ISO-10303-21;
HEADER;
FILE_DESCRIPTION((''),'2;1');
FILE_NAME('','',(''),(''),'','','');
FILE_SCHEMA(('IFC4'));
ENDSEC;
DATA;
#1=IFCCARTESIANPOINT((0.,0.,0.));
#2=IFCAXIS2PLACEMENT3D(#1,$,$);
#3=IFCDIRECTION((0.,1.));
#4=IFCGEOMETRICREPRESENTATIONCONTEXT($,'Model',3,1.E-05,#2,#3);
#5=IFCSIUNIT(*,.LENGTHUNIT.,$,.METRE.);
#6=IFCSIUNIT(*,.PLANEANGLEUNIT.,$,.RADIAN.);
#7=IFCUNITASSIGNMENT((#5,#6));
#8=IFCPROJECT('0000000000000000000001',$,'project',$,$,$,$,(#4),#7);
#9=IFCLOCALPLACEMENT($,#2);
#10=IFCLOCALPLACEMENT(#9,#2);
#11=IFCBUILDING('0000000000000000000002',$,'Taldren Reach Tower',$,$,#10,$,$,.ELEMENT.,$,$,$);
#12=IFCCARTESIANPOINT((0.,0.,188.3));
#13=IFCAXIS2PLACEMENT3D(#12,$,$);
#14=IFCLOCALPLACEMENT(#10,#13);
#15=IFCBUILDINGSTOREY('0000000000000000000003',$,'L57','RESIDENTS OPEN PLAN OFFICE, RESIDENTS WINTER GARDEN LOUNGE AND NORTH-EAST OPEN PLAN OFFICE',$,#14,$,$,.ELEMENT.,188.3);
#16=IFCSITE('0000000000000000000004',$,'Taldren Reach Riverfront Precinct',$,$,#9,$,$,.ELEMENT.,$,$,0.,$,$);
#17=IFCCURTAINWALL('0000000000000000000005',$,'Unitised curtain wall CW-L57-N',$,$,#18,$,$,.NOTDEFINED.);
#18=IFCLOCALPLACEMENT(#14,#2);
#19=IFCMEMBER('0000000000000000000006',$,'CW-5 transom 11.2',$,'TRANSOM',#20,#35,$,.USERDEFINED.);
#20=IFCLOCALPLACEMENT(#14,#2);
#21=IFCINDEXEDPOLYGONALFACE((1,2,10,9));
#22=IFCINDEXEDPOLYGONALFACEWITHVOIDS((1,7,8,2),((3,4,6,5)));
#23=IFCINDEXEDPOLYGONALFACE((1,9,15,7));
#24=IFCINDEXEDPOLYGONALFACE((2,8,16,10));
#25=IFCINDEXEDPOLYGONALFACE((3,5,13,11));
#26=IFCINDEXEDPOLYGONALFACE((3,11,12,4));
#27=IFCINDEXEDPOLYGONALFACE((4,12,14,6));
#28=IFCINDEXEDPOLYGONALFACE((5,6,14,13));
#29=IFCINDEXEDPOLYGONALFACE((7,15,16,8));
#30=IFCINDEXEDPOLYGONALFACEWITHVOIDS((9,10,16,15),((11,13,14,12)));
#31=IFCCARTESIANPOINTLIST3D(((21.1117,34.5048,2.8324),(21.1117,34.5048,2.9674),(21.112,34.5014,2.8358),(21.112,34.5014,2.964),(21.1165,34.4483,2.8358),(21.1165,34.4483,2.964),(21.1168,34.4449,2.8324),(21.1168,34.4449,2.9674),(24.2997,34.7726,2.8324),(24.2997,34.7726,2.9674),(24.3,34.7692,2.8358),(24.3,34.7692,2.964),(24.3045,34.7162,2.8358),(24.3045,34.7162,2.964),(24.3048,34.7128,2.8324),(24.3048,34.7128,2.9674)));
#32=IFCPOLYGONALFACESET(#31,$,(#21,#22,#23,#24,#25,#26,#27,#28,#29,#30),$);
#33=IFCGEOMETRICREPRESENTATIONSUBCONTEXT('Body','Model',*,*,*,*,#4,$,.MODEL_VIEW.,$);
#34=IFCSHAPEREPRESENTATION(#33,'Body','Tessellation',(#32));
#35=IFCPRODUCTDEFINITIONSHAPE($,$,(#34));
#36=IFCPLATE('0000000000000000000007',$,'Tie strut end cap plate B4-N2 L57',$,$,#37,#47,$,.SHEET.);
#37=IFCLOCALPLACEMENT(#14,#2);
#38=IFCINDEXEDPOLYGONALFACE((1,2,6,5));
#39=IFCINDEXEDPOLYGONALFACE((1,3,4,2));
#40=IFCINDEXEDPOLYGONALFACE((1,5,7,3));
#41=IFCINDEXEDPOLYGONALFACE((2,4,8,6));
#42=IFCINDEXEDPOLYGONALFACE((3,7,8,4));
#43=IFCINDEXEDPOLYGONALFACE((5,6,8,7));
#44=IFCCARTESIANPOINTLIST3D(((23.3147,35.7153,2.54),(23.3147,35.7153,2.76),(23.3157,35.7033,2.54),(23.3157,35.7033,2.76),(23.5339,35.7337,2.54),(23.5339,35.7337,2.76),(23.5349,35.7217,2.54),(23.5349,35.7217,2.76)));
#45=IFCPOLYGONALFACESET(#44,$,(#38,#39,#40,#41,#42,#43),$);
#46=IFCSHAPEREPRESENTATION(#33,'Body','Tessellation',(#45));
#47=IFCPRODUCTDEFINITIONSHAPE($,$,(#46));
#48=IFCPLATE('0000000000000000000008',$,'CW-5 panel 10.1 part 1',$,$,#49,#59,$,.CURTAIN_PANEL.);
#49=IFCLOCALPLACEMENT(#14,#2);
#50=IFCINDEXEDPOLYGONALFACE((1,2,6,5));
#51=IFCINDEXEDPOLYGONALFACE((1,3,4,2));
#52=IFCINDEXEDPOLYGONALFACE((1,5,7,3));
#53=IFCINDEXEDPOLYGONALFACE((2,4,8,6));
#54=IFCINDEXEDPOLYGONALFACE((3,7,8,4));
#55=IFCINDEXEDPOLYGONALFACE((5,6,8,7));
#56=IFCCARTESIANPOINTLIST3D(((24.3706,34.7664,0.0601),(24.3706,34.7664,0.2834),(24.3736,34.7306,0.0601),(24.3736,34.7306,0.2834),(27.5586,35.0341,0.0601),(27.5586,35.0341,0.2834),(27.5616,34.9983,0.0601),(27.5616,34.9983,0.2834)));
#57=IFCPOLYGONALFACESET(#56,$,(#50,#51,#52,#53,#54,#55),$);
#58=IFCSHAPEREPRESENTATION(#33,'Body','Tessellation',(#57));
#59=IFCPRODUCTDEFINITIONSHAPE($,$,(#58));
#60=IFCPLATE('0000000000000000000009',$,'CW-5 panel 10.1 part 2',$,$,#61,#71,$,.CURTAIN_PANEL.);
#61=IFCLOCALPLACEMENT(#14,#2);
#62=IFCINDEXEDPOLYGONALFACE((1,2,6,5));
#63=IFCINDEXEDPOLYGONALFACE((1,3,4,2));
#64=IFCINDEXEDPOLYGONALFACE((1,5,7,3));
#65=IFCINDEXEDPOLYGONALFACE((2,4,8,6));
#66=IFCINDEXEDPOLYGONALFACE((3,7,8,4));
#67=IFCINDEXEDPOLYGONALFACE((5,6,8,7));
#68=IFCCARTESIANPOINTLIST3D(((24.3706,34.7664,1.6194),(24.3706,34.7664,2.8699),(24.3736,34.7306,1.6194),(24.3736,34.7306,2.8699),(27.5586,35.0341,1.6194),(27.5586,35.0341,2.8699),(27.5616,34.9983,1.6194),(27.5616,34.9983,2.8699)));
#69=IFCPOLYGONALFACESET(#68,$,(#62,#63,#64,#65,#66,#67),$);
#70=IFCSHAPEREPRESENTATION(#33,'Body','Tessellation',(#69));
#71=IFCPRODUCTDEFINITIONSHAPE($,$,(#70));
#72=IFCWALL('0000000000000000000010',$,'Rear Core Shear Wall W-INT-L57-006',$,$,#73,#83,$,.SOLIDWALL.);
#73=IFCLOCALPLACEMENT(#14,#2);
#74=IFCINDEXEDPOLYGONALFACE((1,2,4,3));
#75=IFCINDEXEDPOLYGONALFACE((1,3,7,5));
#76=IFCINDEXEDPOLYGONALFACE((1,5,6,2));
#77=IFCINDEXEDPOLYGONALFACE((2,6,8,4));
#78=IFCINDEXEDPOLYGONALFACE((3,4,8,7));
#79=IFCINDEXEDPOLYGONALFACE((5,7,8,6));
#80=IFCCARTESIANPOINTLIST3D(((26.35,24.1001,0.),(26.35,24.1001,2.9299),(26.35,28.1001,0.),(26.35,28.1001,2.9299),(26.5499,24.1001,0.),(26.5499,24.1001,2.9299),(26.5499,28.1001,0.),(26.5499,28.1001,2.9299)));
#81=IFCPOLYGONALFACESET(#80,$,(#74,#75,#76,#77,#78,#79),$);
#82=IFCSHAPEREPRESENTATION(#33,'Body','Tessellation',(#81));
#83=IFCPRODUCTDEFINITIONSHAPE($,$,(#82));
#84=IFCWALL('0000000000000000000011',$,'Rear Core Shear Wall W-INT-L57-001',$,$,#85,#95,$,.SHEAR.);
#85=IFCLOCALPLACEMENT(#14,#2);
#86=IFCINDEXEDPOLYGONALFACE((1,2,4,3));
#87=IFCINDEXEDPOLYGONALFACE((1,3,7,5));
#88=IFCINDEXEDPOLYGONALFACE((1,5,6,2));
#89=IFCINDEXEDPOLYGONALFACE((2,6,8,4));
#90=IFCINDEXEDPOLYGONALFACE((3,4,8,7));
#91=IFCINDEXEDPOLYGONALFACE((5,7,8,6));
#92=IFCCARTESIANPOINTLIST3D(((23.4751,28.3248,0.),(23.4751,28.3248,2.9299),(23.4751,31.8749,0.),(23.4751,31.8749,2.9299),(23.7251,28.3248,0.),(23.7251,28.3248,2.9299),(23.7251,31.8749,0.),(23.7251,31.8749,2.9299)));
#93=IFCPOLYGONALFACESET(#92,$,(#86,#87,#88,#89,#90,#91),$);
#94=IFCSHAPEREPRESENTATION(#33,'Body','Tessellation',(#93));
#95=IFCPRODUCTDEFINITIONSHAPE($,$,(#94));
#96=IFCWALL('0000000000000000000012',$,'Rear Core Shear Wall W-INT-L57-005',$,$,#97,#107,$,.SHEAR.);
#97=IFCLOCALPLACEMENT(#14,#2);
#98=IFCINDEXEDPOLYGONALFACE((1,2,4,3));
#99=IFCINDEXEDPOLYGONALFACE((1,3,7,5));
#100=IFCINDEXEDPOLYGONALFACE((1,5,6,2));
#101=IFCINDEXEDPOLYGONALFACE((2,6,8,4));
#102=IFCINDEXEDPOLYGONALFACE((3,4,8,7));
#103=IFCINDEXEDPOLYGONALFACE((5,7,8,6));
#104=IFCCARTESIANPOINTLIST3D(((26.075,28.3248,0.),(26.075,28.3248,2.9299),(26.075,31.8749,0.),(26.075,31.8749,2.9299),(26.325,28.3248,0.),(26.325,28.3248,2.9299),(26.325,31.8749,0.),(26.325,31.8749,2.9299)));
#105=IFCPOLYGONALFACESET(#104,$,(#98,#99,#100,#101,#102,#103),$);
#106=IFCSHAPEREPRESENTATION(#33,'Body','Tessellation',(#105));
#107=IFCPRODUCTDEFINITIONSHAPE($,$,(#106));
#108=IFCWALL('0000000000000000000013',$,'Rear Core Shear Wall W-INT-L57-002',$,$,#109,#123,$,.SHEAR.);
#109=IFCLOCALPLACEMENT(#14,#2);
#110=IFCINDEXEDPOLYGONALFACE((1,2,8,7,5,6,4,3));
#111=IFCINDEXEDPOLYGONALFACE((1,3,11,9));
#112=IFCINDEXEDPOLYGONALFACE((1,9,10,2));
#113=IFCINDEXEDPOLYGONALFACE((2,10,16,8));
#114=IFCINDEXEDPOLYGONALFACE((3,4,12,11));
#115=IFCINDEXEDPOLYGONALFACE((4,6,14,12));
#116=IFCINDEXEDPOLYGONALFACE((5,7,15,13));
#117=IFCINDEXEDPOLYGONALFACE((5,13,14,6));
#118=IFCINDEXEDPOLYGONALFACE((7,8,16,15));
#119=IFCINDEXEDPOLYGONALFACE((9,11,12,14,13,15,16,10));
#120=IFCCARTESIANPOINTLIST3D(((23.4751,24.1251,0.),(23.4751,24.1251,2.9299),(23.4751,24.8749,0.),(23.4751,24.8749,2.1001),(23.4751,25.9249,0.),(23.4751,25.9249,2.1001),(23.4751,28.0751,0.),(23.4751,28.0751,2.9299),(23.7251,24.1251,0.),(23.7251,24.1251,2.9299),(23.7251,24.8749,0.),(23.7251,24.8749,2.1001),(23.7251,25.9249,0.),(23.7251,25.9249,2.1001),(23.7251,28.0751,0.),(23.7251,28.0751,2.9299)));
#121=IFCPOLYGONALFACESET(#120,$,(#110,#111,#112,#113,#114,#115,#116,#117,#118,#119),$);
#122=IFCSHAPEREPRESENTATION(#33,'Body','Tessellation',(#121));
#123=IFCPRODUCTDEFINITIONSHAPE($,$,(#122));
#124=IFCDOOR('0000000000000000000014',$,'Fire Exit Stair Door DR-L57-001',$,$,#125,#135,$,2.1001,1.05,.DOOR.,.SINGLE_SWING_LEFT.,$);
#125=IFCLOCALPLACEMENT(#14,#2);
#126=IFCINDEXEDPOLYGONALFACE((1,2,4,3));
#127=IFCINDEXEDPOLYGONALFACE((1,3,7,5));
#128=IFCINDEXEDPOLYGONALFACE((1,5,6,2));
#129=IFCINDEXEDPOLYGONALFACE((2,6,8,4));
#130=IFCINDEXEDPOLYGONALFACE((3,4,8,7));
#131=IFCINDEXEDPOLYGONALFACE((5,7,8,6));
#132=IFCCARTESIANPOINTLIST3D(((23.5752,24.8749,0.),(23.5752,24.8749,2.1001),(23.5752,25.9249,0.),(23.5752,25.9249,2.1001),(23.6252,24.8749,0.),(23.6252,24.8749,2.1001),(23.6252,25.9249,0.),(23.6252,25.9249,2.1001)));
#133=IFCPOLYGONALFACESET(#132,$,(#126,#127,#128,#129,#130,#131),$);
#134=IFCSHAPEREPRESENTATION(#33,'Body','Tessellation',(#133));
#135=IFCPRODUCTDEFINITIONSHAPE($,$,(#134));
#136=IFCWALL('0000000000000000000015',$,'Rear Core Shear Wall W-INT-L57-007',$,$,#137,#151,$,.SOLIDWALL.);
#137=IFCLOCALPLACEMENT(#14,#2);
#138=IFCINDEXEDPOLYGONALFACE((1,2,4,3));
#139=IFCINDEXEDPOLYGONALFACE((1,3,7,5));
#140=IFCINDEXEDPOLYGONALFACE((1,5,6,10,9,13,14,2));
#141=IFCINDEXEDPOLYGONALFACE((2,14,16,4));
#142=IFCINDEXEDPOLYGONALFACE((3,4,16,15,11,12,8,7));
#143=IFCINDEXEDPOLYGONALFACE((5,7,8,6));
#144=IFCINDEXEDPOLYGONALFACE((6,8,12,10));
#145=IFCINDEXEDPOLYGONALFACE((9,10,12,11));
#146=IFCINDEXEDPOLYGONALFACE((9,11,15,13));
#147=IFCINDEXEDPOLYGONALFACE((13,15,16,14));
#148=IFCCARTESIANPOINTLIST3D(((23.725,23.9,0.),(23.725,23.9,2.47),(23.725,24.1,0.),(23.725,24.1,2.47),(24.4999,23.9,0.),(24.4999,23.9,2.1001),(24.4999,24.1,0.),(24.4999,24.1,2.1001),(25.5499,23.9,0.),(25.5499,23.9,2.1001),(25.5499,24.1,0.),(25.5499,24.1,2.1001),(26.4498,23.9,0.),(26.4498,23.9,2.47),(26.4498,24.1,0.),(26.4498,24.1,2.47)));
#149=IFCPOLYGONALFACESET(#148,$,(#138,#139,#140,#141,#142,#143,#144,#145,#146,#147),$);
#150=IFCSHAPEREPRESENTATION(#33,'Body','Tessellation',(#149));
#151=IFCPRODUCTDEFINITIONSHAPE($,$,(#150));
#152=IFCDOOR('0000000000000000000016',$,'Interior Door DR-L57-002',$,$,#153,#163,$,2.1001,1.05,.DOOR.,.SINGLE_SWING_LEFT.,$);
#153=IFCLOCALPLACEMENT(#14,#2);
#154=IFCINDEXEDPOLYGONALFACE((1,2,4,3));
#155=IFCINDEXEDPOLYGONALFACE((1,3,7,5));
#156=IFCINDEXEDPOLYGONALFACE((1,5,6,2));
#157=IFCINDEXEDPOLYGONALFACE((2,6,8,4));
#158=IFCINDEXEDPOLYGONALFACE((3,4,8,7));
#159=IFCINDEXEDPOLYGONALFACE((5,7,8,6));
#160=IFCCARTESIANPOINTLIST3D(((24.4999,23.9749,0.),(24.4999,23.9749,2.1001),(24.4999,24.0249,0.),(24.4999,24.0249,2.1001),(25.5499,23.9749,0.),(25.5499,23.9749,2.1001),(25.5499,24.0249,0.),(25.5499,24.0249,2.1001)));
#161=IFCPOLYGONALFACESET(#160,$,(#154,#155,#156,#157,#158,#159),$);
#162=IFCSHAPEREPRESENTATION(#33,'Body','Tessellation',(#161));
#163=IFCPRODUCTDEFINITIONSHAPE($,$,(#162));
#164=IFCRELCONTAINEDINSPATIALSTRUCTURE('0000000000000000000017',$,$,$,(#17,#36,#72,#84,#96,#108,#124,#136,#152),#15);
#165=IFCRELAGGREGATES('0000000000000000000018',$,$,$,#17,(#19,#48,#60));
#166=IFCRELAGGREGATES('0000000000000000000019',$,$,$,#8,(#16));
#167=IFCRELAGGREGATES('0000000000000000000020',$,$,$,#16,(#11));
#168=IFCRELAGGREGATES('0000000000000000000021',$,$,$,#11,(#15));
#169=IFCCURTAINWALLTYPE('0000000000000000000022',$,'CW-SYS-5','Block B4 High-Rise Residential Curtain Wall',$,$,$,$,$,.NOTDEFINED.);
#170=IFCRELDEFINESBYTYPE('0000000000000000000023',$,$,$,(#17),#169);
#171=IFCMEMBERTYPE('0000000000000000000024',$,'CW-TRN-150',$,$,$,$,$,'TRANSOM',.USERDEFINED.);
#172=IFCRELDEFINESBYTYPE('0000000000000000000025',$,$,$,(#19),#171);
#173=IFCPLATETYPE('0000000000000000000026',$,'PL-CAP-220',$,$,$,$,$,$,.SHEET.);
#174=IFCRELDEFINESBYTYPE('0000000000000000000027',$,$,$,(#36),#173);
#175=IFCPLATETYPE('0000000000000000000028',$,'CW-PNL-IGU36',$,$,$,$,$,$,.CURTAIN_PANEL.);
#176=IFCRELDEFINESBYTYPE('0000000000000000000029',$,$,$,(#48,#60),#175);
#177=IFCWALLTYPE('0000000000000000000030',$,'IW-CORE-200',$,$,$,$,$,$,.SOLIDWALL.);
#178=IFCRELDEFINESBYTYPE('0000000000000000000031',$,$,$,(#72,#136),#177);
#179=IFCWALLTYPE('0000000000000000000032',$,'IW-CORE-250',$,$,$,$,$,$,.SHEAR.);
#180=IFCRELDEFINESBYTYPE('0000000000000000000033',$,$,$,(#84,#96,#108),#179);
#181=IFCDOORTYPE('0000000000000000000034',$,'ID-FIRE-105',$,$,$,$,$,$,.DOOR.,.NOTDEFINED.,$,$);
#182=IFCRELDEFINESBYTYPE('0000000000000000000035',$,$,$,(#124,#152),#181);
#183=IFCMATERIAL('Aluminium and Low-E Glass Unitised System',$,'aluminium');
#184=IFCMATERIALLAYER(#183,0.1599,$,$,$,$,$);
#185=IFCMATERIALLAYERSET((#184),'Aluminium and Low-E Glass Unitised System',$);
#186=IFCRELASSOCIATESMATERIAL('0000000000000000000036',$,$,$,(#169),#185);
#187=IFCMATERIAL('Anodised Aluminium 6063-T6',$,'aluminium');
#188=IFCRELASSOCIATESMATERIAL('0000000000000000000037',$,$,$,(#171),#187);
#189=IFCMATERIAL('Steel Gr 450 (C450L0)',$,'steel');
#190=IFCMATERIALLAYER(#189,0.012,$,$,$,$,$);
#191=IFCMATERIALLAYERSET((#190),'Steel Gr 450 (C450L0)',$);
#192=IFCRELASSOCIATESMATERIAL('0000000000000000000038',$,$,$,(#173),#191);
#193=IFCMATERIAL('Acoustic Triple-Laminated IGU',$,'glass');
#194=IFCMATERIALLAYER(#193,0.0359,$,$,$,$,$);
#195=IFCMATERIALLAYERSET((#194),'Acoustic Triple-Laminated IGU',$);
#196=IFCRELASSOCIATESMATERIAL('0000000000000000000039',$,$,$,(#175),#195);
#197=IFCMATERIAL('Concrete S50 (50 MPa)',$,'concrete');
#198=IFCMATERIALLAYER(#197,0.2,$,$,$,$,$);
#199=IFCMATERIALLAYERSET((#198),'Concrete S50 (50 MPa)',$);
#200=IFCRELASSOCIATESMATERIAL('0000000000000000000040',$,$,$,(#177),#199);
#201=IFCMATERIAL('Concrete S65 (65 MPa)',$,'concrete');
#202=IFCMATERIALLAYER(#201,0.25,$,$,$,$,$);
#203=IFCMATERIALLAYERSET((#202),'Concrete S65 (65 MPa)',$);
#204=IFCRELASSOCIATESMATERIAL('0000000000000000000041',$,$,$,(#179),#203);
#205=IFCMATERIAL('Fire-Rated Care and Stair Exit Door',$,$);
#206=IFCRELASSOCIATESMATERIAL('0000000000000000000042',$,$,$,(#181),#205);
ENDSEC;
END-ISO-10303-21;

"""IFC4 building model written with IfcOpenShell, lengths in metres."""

from ifc_helpers import new_model, si_unit, direction, frame, frame_2d, origin, origin_2d, place, context, subcontext, project, spatial, rectangle, hollow_rectangle, extrude, source, transform, mapped, material, layer, layer_set, material_profile, profile_set, type_object, element, fill, aggregate, save


model = new_model("IFC4")

# Units and contexts
model_context = context("Model", 3, precision=1e-05, world=origin(), true_north=direction((0.0, 1.0)))
body_context = subcontext(model_context, "Body", "Model", "MODEL_VIEW")
ifc_project = project(units=[si_unit("LENGTHUNIT", "METRE"), si_unit("PLANEANGLEUNIT", "RADIAN")], contexts=[model_context])

# Site, building, storey
site_placement = place(None, origin())
site = spatial("IfcSite", under=ifc_project, at=site_placement, Name="Taldren Reach Riverfront Precinct", CompositionType="ELEMENT", RefElevation=0.0)
building_placement = place(site_placement, origin())
building = spatial("IfcBuilding", under=site, at=building_placement, Name="Taldren Reach Tower", CompositionType="ELEMENT")
storey_placement = place(building_placement, frame((0.0, 0.0, 188.3)))
storey = spatial("IfcBuildingStorey", under=building, at=storey_placement, Name="L57", Description="RESIDENTS OPEN PLAN OFFICE, RESIDENTS WINTER GARDEN LOUNGE AND NORTH-EAST OPEN PLAN OFFICE", CompositionType="ELEMENT", Elevation=188.3)

# Shared definitions
ifc_material_1 = material(Name="Steel Gr 450 (C450L0)", Category="steel")

# Curtain wall, member
ifc_material_2 = material(Name="Aluminium and Low-E Glass Unitised System", Category="aluminium")
ifc_layer_1 = layer(ifc_material_2, 0.1599)
ifc_layer_set_1 = layer_set([ifc_layer_1], Name="Aluminium and Low-E Glass Unitised System")
curtain_wall_type = type_object("IfcCurtainWallType", Name="CW-SYS-5", Description="Block B4 High-Rise Residential Curtain Wall", PredefinedType="NOTDEFINED", material=ifc_layer_set_1)
curtain_wall_placement = place(storey_placement, origin())
curtain_wall = element("IfcCurtainWall", 1, at=curtain_wall_placement, inside=storey, type_object=curtain_wall_type, Name="Unitised curtain wall CW-L57-N", PredefinedType="NOTDEFINED")
ifc_material_3 = material(Name="Anodised Aluminium 6063-T6", Category="aluminium")
ifc_material_profile_1 = material_profile(ifc_material_3, hollow_rectangle(XDim=0.0601, YDim=0.135, WallThickness=0.0034, at=origin_2d()), Name="ALU-135x60x3.5RHS")
ifc_profile_set_1 = profile_set([ifc_material_profile_1], Name="Anodised Aluminium 6063-T6")
member_type_1 = type_object("IfcMemberType", Name="CW-TRN-150", ElementType="TRANSOM", PredefinedType="USERDEFINED", material=ifc_profile_set_1)
shared_shape_1 = source(origin(), body_context, "Body", "SweptSolid", [
    extrude(hollow_rectangle(XDim=0.0601, YDim=0.135, WallThickness=0.0034, at=origin_2d()), origin(), (0.0, 0.0, 1.0), 3.1992),
])
member_1_placement = place(storey_placement, frame((24.3022, 34.7427, 2.8999), z_axis=(-0.99649, -0.083715, 0.0), x_axis=(0.083715, -0.99649, 0.0)))
member_1 = element("IfcMember", 2, at=member_1_placement, type_object=member_type_1, Name="CW-5 transom 11.2", ObjectType="TRANSOM", PredefinedType="USERDEFINED", context=body_context, shape_type="MappedRepresentation", body=[
    mapped(shared_shape_1, transform((0.0, 0.0, 0.0), scale=1.0)),
])

# Plates
ifc_layer_2 = layer(ifc_material_1, 0.012)
ifc_layer_set_2 = layer_set([ifc_layer_2], Name="Steel Gr 450 (C450L0)")
plate_type_1 = type_object("IfcPlateType", Name="PL-CAP-220", PredefinedType="SHEET", material=ifc_layer_set_2)
shared_shape_2 = source(origin(), body_context, "Body", "SweptSolid", [
    extrude(rectangle(XDim=0.22, YDim=0.012, at=origin_2d()), origin(), (0.0, 0.0, 1.0), 0.22),
])
plate_1_placement = place(storey_placement, frame((23.4248, 35.7185, 2.54), z_axis=(0.0, 0.0, 1.0), x_axis=(0.996493, 0.083678, 0.0)))
element("IfcPlate", 3, at=plate_1_placement, inside=storey, type_object=plate_type_1, Name="Tie strut end cap plate B4-N2 L57", PredefinedType="SHEET", context=body_context, shape_type="MappedRepresentation", body=[
    mapped(shared_shape_2, transform((0.0, 0.0, 0.0), scale=1.0)),
])
ifc_material_4 = material(Name="Acoustic Triple-Laminated IGU", Category="glass")
ifc_layer_3 = layer(ifc_material_4, 0.0359)
ifc_layer_set_3 = layer_set([ifc_layer_3], Name="Acoustic Triple-Laminated IGU")
plate_type_2 = type_object("IfcPlateType", Name="CW-PNL-IGU36", PredefinedType="CURTAIN_PANEL", material=ifc_layer_set_3)
shared_shape_3 = source(origin(), body_context, "Body", "SweptSolid", [
    extrude(rectangle(XDim=3.1992, YDim=0.0359, at=origin_2d()), origin(), (0.0, 0.0, 1.0), 0.2234),
])
plate_2_placement = place(storey_placement, frame((25.9661, 34.8823, 0.0601), z_axis=(0.0, 0.0, 1.0), x_axis=(-0.996493, -0.083678, 0.0)))
plate_2 = element("IfcPlate", 4, at=plate_2_placement, type_object=plate_type_2, Name="CW-5 panel 10.1 part 1", PredefinedType="CURTAIN_PANEL", context=body_context, shape_type="MappedRepresentation", body=[
    mapped(shared_shape_3, transform((0.0, 0.0, 0.0), scale=1.0)),
])
shared_shape_4 = source(origin(), body_context, "Body", "SweptSolid", [
    extrude(rectangle(XDim=3.1992, YDim=0.0359, at=origin_2d()), origin(), (0.0, 0.0, 1.0), 1.2505),
])
plate_3_placement = place(storey_placement, frame((25.9661, 34.8823, 1.6194), z_axis=(0.0, 0.0, 1.0), x_axis=(-0.996493, -0.083678, 0.0)))
plate_3 = element("IfcPlate", 5, at=plate_3_placement, type_object=plate_type_2, Name="CW-5 panel 10.1 part 2", PredefinedType="CURTAIN_PANEL", context=body_context, shape_type="MappedRepresentation", body=[
    mapped(shared_shape_4, transform((0.0, 0.0, 0.0), scale=1.0)),
])
aggregate(curtain_wall, [member_1, plate_2, plate_3])

# Walls
ifc_material_5 = material(Name="Concrete S50 (50 MPa)", Category="concrete")
ifc_layer_4 = layer(ifc_material_5, 0.2)
ifc_layer_set_4 = layer_set([ifc_layer_4], Name="Concrete S50 (50 MPa)")
wall_type_1 = type_object("IfcWallType", Name="IW-CORE-200", PredefinedType="SOLIDWALL", material=ifc_layer_set_4)
shared_shape_5 = source(origin(), body_context, "Body", "SweptSolid", [
    extrude(rectangle(XDim=4.0, YDim=0.2, at=frame_2d((2.0, 0.0))), origin(), (0.0, 0.0, 1.0), 2.9299),
])
wall_1_placement = place(storey_placement, frame((26.45, 24.1001, 0.0), z_axis=(0.0, 0.0, 1.0), x_axis=(0.0, 1.0, 0.0)))
element("IfcWall", 6, at=wall_1_placement, inside=storey, type_object=wall_type_1, Name="Rear Core Shear Wall W-INT-L57-006", PredefinedType="SOLIDWALL", context=body_context, shape_type="MappedRepresentation", body=[
    mapped(shared_shape_5, transform((0.0, 0.0, 0.0), scale=1.0)),
])
ifc_material_6 = material(Name="Concrete S65 (65 MPa)", Category="concrete")
ifc_layer_5 = layer(ifc_material_6, 0.25)
ifc_layer_set_5 = layer_set([ifc_layer_5], Name="Concrete S65 (65 MPa)")
wall_type_2 = type_object("IfcWallType", Name="IW-CORE-250", PredefinedType="SHEAR", material=ifc_layer_set_5)
shared_shape_6 = source(origin(), body_context, "Body", "SweptSolid", [
    extrude(rectangle(XDim=3.55, YDim=0.25, at=frame_2d((1.7749, 0.0))), origin(), (0.0, 0.0, 1.0), 2.9299),
])
for number, where, z_axis, x_axis, name in (
    (7, (23.6001, 28.325, 0.0), (0.0, 0.0, 1.0), (0.0, 1.0, 0.0), "Rear Core Shear Wall W-INT-L57-001"),
    (8, (26.2, 28.325, 0.0), (0.0, 0.0, 1.0), (0.0, 1.0, 0.0), "Rear Core Shear Wall W-INT-L57-005"),
):
    element("IfcWall", number, at=place(storey_placement, frame(where, z_axis=z_axis, x_axis=x_axis)), inside=storey, type_object=wall_type_2, Name=name, PredefinedType="SHEAR", context=body_context, shape_type="MappedRepresentation", body=[
        mapped(shared_shape_6, transform((0.0, 0.0, 0.0), scale=1.0)),
    ])

# Walls, openings, doors
shared_shape_7 = source(origin(), body_context, "Body", "SweptSolid", [
    extrude(rectangle(XDim=3.95, YDim=0.25, at=frame_2d((1.9751, 0.0))), origin(), (0.0, 0.0, 1.0), 2.9299),
])
wall_2_placement = place(storey_placement, frame((23.6001, 24.125, 0.0), z_axis=(0.0, 0.0, 1.0), x_axis=(0.0, 1.0, 0.0)))
wall_2 = element("IfcWall", 9, at=wall_2_placement, inside=storey, type_object=wall_type_2, Name="Rear Core Shear Wall W-INT-L57-002", PredefinedType="SHEAR", context=body_context, shape_type="MappedRepresentation", body=[
    mapped(shared_shape_7, transform((0.0, 0.0, 0.0), scale=1.0)),
])
shared_shape_8 = source(origin(), body_context, "Body", "SweptSolid", [
    extrude(rectangle(XDim=1.05, YDim=2.1001, at=frame_2d((0.5249, 1.05))), frame((0.0, 0.135, 0.0), z_axis=(0.0, -1.0, 0.0), x_axis=(1.0, 0.0, 0.0)), (0.0, 0.0, 1.0), 0.27),
])
opening_1_placement = place(wall_2_placement, frame((0.75, 0.0, 0.0)))
opening_1 = element("IfcOpeningElement", 10, at=opening_1_placement, cuts=wall_2, PredefinedType="OPENING", context=body_context, shape_type="MappedRepresentation", body=[
    mapped(shared_shape_8, transform((0.0, 0.0, 0.0), scale=1.0)),
])
ifc_material_7 = material(Name="Fire-Rated Care and Stair Exit Door")
door_type_1 = type_object("IfcDoorType", Name="ID-FIRE-105", OperationType="NOTDEFINED", PredefinedType="DOOR", material=ifc_material_7)
shared_shape_9 = source(origin(), body_context, "Body", "SweptSolid", [
    extrude(rectangle(XDim=1.05, YDim=2.1001, at=frame_2d((0.5249, 1.05))), frame((0.0, 0.0249, 0.0), z_axis=(0.0, -1.0, 0.0), x_axis=(1.0, 0.0, 0.0)), (0.0, 0.0, 1.0), 0.05),
])
door_1_placement = place(opening_1_placement, origin())
door_1 = element("IfcDoor", 11, at=door_1_placement, inside=storey, type_object=door_type_1, Name="Fire Exit Stair Door DR-L57-001", OperationType="SINGLE_SWING_LEFT", OverallHeight=2.1001, OverallWidth=1.05, PredefinedType="DOOR", context=body_context, shape_type="MappedRepresentation", body=[
    mapped(shared_shape_9, transform((0.0, 0.0, 0.0), scale=1.0)),
])
fill(opening_1, door_1)
shared_shape_10 = source(origin(), body_context, "Body", "SweptSolid", [
    extrude(rectangle(XDim=2.7249, YDim=0.2, at=frame_2d((1.3623, 0.0))), origin(), (0.0, 0.0, 1.0), 2.47),
])
wall_3_placement = place(storey_placement, frame((23.7251, 24.0, 0.0), z_axis=(0.0, 0.0, 1.0), x_axis=(1.0, 0.0, 0.0)))
wall_3 = element("IfcWall", 12, at=wall_3_placement, inside=storey, type_object=wall_type_1, Name="Rear Core Shear Wall W-INT-L57-007", PredefinedType="SOLIDWALL", context=body_context, shape_type="MappedRepresentation", body=[
    mapped(shared_shape_10, transform((0.0, 0.0, 0.0), scale=1.0)),
])
shared_shape_11 = source(origin(), body_context, "Body", "SweptSolid", [
    extrude(rectangle(XDim=1.05, YDim=2.1001, at=frame_2d((0.5249, 1.05))), frame((0.0, 0.1099, 0.0), z_axis=(0.0, -1.0, 0.0), x_axis=(1.0, 0.0, 0.0)), (0.0, 0.0, 1.0), 0.22),
])
opening_2_placement = place(wall_3_placement, frame((0.7749, 0.0, 0.0)))
opening_2 = element("IfcOpeningElement", 13, at=opening_2_placement, cuts=wall_3, PredefinedType="OPENING", context=body_context, shape_type="MappedRepresentation", body=[
    mapped(shared_shape_11, transform((0.0, 0.0, 0.0), scale=1.0)),
])
door_2_placement = place(opening_2_placement, origin())
door_2 = element("IfcDoor", 14, at=door_2_placement, inside=storey, type_object=door_type_1, Name="Interior Door DR-L57-002", OperationType="SINGLE_SWING_LEFT", OverallHeight=2.1001, OverallWidth=1.05, PredefinedType="DOOR", context=body_context, shape_type="MappedRepresentation", body=[
    mapped(shared_shape_9, transform((0.0, 0.0, 0.0), scale=1.0)),
])
fill(opening_2, door_2)

save(model, "model.ifc")
